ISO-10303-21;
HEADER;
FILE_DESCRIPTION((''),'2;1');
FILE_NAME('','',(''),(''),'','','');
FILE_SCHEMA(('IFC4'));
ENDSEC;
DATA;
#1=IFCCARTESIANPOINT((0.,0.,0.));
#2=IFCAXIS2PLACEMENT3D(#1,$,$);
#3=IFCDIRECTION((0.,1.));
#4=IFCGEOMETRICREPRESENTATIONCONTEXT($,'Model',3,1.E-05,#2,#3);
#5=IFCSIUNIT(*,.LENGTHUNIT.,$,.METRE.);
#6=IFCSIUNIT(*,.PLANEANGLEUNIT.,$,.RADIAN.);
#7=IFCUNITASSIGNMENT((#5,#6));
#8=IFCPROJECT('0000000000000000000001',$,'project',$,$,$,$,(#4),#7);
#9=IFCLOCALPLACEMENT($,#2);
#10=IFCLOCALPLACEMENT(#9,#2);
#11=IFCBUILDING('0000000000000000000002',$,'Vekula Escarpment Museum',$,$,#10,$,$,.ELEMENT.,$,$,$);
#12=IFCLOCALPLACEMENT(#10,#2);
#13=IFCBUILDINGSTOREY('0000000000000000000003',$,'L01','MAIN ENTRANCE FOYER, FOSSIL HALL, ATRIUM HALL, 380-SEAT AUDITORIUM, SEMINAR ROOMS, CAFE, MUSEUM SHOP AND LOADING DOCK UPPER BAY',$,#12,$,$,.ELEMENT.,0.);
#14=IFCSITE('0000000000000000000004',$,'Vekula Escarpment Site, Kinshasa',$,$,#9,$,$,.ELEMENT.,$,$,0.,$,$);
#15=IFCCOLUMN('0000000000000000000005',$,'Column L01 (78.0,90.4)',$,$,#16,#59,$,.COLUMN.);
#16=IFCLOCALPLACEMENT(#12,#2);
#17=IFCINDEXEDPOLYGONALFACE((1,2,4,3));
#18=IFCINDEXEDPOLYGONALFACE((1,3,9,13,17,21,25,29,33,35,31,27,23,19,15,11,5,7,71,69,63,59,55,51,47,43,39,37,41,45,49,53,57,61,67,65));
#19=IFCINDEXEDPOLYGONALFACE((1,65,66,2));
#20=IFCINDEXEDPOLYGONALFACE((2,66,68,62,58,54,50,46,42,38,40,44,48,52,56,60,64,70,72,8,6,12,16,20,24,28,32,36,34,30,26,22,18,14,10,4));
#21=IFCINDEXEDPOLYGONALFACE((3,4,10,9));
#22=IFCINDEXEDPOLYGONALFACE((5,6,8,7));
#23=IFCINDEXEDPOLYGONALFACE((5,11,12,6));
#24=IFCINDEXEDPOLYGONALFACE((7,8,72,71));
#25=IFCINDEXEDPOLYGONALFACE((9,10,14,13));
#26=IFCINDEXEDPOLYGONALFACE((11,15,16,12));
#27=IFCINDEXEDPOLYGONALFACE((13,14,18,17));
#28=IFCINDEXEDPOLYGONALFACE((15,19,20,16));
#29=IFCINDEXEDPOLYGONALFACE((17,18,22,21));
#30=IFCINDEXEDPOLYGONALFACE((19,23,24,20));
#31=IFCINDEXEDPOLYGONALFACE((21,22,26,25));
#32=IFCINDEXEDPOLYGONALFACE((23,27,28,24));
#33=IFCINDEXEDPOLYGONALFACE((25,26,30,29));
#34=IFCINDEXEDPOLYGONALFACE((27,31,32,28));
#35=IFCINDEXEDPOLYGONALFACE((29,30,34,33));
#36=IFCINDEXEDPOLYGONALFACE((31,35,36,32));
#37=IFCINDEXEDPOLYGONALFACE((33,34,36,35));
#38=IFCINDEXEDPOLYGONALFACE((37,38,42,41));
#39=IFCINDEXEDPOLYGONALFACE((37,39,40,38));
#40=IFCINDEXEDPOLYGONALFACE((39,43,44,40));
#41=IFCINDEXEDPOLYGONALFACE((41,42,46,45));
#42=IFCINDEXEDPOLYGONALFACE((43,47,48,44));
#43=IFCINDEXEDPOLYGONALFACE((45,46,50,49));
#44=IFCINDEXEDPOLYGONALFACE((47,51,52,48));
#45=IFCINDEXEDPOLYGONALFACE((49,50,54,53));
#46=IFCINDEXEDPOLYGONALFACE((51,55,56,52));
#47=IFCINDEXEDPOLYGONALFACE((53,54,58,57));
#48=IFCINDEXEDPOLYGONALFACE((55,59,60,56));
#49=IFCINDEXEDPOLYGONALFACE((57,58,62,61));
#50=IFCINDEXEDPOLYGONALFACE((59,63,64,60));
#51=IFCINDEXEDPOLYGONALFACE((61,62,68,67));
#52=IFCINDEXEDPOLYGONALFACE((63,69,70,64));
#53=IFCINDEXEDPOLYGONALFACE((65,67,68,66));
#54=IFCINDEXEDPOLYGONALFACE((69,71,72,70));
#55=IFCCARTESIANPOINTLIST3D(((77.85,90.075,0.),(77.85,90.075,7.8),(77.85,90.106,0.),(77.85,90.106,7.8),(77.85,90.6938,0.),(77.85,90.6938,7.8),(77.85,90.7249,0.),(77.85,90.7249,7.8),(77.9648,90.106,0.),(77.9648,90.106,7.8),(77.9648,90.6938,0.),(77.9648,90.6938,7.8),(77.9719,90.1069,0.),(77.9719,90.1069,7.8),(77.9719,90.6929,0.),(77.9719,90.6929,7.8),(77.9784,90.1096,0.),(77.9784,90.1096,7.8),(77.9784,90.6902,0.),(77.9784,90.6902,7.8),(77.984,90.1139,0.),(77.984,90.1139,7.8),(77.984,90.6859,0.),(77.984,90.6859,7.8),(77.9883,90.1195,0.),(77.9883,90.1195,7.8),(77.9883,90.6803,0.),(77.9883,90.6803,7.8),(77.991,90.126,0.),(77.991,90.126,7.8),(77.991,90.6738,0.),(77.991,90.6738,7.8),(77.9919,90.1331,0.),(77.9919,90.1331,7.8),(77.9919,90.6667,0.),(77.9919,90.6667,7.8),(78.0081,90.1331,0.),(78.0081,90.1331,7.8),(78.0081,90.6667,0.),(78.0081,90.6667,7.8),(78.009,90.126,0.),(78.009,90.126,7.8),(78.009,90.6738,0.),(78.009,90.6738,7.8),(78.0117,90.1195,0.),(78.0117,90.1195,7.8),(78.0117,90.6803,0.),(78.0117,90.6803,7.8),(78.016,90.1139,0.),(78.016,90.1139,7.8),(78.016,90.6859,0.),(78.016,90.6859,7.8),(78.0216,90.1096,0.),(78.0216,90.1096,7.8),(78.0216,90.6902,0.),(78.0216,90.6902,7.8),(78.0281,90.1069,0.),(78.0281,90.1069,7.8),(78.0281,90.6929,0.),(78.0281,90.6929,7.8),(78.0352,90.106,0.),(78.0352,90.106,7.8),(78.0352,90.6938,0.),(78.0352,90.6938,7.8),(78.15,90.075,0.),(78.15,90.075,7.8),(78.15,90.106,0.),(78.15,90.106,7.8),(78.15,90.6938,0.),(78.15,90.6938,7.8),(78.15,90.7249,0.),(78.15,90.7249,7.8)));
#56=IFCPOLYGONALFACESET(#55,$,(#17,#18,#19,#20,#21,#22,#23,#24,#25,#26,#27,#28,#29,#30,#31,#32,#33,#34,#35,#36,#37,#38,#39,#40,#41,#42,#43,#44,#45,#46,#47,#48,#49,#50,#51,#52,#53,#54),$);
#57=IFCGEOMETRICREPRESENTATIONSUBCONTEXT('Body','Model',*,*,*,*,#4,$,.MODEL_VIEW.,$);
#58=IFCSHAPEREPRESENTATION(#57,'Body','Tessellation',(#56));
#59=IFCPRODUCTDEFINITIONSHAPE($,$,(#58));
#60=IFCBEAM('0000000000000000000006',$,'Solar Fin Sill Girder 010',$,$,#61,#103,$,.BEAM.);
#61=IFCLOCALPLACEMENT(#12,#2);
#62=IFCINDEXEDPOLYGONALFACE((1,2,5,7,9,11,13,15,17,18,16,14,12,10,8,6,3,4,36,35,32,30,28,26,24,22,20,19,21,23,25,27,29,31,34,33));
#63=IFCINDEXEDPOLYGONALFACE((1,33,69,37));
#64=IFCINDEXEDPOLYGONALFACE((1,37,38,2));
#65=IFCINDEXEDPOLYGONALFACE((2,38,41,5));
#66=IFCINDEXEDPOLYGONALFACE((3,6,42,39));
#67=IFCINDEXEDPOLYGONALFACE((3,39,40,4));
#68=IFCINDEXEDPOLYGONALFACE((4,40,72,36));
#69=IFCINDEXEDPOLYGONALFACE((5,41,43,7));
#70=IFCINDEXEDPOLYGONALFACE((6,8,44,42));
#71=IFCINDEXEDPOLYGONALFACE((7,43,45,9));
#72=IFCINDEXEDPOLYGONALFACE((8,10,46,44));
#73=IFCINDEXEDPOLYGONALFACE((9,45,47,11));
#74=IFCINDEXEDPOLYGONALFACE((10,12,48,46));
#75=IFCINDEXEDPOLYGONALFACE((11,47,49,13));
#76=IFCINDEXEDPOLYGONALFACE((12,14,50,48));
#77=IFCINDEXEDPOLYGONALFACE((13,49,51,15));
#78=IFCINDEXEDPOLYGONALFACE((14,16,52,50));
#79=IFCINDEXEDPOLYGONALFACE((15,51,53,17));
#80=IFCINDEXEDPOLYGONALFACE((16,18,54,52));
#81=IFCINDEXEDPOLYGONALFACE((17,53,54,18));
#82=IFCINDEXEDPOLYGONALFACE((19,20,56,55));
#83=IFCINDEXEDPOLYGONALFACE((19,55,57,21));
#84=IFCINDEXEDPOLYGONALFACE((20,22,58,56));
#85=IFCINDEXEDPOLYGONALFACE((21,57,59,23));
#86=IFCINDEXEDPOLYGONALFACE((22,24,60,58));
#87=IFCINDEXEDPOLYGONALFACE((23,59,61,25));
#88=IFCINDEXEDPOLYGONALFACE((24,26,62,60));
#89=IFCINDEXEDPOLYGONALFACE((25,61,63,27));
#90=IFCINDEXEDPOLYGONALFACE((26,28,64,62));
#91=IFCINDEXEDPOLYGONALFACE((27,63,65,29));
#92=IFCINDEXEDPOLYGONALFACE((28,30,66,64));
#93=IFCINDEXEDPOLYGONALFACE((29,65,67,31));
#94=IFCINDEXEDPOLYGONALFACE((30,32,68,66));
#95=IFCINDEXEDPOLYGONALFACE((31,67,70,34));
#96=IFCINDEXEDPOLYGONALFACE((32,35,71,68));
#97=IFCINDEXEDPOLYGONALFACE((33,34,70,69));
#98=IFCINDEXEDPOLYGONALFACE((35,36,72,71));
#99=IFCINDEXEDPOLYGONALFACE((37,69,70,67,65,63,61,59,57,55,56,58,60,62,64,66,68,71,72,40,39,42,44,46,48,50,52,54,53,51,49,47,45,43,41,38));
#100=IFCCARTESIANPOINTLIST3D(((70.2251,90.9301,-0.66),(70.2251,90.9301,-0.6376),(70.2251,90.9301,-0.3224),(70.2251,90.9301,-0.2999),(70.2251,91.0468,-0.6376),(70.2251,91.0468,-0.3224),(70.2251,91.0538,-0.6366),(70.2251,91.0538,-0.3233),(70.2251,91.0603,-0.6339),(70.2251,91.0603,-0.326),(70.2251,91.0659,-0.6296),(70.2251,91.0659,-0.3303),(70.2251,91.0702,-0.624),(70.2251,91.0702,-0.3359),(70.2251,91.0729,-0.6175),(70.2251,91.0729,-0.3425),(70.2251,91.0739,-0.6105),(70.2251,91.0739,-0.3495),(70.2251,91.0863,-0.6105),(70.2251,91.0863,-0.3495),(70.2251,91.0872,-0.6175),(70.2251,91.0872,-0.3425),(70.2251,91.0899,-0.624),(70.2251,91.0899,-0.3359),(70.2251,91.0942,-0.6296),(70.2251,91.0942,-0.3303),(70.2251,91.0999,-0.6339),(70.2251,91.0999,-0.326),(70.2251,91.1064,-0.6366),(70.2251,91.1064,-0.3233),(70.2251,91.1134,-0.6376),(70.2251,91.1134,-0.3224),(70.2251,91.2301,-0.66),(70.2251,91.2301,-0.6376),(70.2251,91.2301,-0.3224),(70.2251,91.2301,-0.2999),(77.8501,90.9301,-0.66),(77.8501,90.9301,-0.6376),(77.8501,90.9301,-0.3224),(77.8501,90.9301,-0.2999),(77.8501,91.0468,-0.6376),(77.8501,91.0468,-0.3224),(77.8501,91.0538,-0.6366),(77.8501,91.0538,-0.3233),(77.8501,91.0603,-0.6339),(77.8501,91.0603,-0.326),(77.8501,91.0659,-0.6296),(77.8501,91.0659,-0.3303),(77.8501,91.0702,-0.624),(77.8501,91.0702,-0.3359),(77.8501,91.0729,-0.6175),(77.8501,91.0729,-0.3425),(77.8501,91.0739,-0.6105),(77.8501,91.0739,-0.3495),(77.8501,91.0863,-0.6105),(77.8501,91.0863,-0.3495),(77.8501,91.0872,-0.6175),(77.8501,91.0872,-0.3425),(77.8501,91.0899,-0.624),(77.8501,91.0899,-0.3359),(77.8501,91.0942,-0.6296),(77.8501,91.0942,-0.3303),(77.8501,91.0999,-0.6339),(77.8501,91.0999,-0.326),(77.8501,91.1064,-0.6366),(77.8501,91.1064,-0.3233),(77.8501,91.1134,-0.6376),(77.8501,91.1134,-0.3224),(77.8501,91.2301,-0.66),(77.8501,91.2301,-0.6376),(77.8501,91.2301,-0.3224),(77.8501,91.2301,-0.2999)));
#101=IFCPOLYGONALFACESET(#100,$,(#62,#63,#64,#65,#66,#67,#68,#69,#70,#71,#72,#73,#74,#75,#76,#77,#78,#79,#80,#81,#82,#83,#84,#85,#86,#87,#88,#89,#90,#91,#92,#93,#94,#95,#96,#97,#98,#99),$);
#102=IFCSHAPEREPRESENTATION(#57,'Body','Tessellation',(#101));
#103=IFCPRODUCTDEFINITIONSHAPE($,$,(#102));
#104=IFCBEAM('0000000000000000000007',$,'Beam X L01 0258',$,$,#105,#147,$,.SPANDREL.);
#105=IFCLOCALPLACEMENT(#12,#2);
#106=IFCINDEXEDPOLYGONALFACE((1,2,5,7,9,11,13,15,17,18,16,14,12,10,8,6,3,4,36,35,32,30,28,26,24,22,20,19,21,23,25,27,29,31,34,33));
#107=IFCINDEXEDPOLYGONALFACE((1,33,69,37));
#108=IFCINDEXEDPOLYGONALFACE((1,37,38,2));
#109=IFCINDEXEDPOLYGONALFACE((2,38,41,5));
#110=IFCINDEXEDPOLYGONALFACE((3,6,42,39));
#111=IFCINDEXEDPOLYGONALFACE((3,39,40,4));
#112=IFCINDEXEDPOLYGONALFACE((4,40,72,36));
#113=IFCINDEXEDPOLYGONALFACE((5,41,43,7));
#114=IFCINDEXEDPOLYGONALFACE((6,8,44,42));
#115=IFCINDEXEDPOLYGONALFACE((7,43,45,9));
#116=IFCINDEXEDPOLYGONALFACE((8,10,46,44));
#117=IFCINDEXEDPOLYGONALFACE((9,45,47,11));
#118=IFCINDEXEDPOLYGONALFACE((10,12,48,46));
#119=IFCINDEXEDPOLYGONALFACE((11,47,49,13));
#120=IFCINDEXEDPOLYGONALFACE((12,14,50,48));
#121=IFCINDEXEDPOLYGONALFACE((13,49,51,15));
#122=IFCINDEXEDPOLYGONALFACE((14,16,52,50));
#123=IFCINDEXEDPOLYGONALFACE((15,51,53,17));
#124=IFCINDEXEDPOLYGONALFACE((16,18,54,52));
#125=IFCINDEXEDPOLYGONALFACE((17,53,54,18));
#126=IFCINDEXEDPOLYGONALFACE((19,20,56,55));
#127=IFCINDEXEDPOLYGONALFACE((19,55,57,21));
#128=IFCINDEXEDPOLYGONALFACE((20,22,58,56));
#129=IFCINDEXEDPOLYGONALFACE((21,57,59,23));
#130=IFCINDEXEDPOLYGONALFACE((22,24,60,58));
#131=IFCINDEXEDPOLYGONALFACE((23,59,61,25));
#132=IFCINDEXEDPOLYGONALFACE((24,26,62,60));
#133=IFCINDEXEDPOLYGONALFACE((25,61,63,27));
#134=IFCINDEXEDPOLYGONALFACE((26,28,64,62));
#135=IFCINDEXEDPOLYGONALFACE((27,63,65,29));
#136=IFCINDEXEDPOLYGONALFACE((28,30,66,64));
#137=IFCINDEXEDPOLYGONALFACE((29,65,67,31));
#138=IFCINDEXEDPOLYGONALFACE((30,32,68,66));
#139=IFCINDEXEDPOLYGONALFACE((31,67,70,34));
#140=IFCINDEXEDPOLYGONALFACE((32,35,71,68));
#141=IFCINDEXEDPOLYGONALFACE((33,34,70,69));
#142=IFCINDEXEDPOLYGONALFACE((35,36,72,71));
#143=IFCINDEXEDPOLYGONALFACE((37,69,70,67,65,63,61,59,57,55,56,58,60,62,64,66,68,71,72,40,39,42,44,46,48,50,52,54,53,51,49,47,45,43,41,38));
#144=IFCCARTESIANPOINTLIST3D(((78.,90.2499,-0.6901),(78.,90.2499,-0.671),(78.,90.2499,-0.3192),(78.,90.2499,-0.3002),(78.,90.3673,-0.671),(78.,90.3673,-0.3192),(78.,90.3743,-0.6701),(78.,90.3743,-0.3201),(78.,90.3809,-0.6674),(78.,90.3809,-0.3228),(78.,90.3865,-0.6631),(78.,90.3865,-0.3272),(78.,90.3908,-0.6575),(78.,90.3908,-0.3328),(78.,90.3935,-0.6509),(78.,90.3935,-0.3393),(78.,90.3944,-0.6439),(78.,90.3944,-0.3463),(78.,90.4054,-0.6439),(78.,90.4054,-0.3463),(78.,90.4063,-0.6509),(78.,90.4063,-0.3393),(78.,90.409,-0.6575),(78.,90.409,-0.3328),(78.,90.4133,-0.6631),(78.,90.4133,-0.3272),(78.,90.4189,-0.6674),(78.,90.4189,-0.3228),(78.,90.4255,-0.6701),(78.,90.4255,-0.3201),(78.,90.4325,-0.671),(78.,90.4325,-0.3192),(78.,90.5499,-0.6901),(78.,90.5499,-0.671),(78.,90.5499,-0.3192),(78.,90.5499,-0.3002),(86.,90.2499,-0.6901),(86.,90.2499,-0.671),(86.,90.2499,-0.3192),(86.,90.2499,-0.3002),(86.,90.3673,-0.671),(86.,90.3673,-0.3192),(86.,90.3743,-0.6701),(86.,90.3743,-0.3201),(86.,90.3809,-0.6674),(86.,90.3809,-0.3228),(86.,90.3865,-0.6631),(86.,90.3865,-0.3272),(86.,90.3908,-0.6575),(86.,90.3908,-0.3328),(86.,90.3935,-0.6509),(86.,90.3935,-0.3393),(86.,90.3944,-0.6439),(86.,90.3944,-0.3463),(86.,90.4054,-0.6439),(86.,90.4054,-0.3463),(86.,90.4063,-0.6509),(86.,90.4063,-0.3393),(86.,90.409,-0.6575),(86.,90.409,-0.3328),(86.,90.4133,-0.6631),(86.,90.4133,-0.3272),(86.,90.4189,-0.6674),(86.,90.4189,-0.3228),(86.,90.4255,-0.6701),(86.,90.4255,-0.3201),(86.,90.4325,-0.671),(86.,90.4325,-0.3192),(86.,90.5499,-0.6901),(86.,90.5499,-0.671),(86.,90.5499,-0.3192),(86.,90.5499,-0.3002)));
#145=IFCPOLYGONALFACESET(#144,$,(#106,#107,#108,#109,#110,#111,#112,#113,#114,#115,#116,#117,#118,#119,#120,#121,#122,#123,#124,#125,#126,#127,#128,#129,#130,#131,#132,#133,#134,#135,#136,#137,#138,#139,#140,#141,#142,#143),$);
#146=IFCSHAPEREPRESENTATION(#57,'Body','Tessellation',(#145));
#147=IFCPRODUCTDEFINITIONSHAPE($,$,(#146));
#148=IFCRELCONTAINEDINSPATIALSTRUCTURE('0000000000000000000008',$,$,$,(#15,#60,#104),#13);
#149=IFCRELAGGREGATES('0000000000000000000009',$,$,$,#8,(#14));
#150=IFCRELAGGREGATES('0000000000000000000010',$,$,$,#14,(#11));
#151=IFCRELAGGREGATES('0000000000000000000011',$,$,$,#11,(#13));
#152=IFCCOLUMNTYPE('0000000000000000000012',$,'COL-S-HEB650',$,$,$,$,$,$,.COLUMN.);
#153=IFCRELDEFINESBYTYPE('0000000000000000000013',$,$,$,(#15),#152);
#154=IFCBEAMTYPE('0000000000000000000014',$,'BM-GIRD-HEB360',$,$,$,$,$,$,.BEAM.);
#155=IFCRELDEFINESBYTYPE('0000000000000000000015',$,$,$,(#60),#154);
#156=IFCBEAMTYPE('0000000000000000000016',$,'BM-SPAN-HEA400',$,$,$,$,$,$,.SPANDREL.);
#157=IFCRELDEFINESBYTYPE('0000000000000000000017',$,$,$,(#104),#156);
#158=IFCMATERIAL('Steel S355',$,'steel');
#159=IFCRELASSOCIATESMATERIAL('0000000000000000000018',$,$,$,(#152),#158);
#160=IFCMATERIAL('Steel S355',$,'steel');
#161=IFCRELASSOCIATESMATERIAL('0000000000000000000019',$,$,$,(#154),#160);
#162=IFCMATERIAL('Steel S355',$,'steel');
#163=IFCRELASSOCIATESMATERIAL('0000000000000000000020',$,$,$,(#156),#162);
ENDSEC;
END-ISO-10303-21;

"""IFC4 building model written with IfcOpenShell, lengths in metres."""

from ifc_helpers import new_model, si_unit, direction, frame, origin, origin_2d, place, context, subcontext, project, spatial, i_section, extrude, material, material_profile, profile_set, type_object, element, save


model = new_model("IFC4")

# Units and contexts
model_context = context("Model", 3, precision=1e-05, world=origin(), true_north=direction((0.0, 1.0)))
body_context = subcontext(model_context, "Body", "Model", "MODEL_VIEW")
ifc_project = project(units=[si_unit("LENGTHUNIT", "METRE"), si_unit("PLANEANGLEUNIT", "RADIAN")], contexts=[model_context])

# Site, building, storey
site_placement = place(None, origin())
site = spatial("IfcSite", under=ifc_project, at=site_placement, Name="Vekula Escarpment Site, Kinshasa", CompositionType="ELEMENT", RefElevation=0.0)
building_placement = place(site_placement, origin())
building = spatial("IfcBuilding", under=site, at=building_placement, Name="Vekula Escarpment Museum", CompositionType="ELEMENT")
storey_placement = place(building_placement, origin())
storey = spatial("IfcBuildingStorey", under=building, at=storey_placement, Name="L01", Description="MAIN ENTRANCE FOYER, FOSSIL HALL, ATRIUM HALL, 380-SEAT AUDITORIUM, SEMINAR ROOMS, CAFE, MUSEUM SHOP AND LOADING DOCK UPPER BAY", CompositionType="ELEMENT", Elevation=0.0)

# Column
ifc_material_1 = material(Name="Steel S355", Category="steel")
ifc_material_profile_1 = material_profile(ifc_material_1, i_section(OverallWidth=0.3, OverallDepth=0.6499, WebThickness=0.0161, FlangeThickness=0.031, FilletRadius=0.0271, at=origin_2d()), Name="HEB 650")
ifc_profile_set_1 = profile_set([ifc_material_profile_1], Name="Steel S355")
column_type = type_object("IfcColumnType", Name="COL-S-HEB650", PredefinedType="COLUMN", material=ifc_profile_set_1)
column_placement = place(storey_placement, frame((78.0, 90.3999, 0.0), z_axis=(0.0, 0.0, 1.0), x_axis=(1.0, 0.0, 0.0)))
element("IfcColumn", 1, at=column_placement, inside=storey, type_object=column_type, Name="Column L01 (78.0,90.4)", PredefinedType="COLUMN", context=body_context, shape_type="SweptSolid", body=[
    extrude(i_section(OverallWidth=0.3, OverallDepth=0.6499, WebThickness=0.0161, FlangeThickness=0.031, FilletRadius=0.0271, at=origin_2d()), origin(), (0.0, 0.0, 1.0), 7.8),
])

# Beams
ifc_material_2 = material(Name="Steel S355", Category="steel")
ifc_material_profile_2 = material_profile(ifc_material_2, i_section(OverallWidth=0.3, OverallDepth=0.3601, WebThickness=0.0125, FlangeThickness=0.0225, FilletRadius=0.0271, at=origin_2d()), Name="HEB 360")
ifc_profile_set_2 = profile_set([ifc_material_profile_2], Name="Steel S355")
beam_type_1 = type_object("IfcBeamType", Name="BM-GIRD-HEB360", PredefinedType="BEAM", material=ifc_profile_set_2)
beam_1_placement = place(storey_placement, frame((70.2251, 91.0801, -0.48), z_axis=(1.0, 0.0, 0.0), x_axis=(0.0, 1.0, 0.0)))
element("IfcBeam", 2, at=beam_1_placement, inside=storey, type_object=beam_type_1, Name="Solar Fin Sill Girder 010", PredefinedType="BEAM", context=body_context, shape_type="SweptSolid", body=[
    extrude(i_section(OverallWidth=0.3, OverallDepth=0.3601, WebThickness=0.0125, FlangeThickness=0.0225, FilletRadius=0.0271, at=origin_2d()), origin(), (0.0, 0.0, 1.0), 7.625),
])
ifc_material_3 = material(Name="Steel S355", Category="steel")
ifc_material_profile_3 = material_profile(ifc_material_3, i_section(OverallWidth=0.3, OverallDepth=0.3899, WebThickness=0.011, FlangeThickness=0.019, FilletRadius=0.0271, at=origin_2d()), Name="HEA 400")
ifc_profile_set_3 = profile_set([ifc_material_profile_3], Name="Steel S355")
beam_type_2 = type_object("IfcBeamType", Name="BM-SPAN-HEA400", PredefinedType="SPANDREL", material=ifc_profile_set_3)
beam_2_placement = place(storey_placement, frame((78.0, 90.3999, -0.4951), z_axis=(1.0, 0.0, 0.0), x_axis=(0.0, 1.0, 0.0)))
element("IfcBeam", 3, at=beam_2_placement, inside=storey, type_object=beam_type_2, Name="Beam X L01 0258", PredefinedType="SPANDREL", context=body_context, shape_type="SweptSolid", body=[
    extrude(i_section(OverallWidth=0.3, OverallDepth=0.3899, WebThickness=0.011, FlangeThickness=0.019, FilletRadius=0.0271, at=origin_2d()), origin(), (0.0, 0.0, 1.0), 8.0),
])

save(model, "model.ifc")
